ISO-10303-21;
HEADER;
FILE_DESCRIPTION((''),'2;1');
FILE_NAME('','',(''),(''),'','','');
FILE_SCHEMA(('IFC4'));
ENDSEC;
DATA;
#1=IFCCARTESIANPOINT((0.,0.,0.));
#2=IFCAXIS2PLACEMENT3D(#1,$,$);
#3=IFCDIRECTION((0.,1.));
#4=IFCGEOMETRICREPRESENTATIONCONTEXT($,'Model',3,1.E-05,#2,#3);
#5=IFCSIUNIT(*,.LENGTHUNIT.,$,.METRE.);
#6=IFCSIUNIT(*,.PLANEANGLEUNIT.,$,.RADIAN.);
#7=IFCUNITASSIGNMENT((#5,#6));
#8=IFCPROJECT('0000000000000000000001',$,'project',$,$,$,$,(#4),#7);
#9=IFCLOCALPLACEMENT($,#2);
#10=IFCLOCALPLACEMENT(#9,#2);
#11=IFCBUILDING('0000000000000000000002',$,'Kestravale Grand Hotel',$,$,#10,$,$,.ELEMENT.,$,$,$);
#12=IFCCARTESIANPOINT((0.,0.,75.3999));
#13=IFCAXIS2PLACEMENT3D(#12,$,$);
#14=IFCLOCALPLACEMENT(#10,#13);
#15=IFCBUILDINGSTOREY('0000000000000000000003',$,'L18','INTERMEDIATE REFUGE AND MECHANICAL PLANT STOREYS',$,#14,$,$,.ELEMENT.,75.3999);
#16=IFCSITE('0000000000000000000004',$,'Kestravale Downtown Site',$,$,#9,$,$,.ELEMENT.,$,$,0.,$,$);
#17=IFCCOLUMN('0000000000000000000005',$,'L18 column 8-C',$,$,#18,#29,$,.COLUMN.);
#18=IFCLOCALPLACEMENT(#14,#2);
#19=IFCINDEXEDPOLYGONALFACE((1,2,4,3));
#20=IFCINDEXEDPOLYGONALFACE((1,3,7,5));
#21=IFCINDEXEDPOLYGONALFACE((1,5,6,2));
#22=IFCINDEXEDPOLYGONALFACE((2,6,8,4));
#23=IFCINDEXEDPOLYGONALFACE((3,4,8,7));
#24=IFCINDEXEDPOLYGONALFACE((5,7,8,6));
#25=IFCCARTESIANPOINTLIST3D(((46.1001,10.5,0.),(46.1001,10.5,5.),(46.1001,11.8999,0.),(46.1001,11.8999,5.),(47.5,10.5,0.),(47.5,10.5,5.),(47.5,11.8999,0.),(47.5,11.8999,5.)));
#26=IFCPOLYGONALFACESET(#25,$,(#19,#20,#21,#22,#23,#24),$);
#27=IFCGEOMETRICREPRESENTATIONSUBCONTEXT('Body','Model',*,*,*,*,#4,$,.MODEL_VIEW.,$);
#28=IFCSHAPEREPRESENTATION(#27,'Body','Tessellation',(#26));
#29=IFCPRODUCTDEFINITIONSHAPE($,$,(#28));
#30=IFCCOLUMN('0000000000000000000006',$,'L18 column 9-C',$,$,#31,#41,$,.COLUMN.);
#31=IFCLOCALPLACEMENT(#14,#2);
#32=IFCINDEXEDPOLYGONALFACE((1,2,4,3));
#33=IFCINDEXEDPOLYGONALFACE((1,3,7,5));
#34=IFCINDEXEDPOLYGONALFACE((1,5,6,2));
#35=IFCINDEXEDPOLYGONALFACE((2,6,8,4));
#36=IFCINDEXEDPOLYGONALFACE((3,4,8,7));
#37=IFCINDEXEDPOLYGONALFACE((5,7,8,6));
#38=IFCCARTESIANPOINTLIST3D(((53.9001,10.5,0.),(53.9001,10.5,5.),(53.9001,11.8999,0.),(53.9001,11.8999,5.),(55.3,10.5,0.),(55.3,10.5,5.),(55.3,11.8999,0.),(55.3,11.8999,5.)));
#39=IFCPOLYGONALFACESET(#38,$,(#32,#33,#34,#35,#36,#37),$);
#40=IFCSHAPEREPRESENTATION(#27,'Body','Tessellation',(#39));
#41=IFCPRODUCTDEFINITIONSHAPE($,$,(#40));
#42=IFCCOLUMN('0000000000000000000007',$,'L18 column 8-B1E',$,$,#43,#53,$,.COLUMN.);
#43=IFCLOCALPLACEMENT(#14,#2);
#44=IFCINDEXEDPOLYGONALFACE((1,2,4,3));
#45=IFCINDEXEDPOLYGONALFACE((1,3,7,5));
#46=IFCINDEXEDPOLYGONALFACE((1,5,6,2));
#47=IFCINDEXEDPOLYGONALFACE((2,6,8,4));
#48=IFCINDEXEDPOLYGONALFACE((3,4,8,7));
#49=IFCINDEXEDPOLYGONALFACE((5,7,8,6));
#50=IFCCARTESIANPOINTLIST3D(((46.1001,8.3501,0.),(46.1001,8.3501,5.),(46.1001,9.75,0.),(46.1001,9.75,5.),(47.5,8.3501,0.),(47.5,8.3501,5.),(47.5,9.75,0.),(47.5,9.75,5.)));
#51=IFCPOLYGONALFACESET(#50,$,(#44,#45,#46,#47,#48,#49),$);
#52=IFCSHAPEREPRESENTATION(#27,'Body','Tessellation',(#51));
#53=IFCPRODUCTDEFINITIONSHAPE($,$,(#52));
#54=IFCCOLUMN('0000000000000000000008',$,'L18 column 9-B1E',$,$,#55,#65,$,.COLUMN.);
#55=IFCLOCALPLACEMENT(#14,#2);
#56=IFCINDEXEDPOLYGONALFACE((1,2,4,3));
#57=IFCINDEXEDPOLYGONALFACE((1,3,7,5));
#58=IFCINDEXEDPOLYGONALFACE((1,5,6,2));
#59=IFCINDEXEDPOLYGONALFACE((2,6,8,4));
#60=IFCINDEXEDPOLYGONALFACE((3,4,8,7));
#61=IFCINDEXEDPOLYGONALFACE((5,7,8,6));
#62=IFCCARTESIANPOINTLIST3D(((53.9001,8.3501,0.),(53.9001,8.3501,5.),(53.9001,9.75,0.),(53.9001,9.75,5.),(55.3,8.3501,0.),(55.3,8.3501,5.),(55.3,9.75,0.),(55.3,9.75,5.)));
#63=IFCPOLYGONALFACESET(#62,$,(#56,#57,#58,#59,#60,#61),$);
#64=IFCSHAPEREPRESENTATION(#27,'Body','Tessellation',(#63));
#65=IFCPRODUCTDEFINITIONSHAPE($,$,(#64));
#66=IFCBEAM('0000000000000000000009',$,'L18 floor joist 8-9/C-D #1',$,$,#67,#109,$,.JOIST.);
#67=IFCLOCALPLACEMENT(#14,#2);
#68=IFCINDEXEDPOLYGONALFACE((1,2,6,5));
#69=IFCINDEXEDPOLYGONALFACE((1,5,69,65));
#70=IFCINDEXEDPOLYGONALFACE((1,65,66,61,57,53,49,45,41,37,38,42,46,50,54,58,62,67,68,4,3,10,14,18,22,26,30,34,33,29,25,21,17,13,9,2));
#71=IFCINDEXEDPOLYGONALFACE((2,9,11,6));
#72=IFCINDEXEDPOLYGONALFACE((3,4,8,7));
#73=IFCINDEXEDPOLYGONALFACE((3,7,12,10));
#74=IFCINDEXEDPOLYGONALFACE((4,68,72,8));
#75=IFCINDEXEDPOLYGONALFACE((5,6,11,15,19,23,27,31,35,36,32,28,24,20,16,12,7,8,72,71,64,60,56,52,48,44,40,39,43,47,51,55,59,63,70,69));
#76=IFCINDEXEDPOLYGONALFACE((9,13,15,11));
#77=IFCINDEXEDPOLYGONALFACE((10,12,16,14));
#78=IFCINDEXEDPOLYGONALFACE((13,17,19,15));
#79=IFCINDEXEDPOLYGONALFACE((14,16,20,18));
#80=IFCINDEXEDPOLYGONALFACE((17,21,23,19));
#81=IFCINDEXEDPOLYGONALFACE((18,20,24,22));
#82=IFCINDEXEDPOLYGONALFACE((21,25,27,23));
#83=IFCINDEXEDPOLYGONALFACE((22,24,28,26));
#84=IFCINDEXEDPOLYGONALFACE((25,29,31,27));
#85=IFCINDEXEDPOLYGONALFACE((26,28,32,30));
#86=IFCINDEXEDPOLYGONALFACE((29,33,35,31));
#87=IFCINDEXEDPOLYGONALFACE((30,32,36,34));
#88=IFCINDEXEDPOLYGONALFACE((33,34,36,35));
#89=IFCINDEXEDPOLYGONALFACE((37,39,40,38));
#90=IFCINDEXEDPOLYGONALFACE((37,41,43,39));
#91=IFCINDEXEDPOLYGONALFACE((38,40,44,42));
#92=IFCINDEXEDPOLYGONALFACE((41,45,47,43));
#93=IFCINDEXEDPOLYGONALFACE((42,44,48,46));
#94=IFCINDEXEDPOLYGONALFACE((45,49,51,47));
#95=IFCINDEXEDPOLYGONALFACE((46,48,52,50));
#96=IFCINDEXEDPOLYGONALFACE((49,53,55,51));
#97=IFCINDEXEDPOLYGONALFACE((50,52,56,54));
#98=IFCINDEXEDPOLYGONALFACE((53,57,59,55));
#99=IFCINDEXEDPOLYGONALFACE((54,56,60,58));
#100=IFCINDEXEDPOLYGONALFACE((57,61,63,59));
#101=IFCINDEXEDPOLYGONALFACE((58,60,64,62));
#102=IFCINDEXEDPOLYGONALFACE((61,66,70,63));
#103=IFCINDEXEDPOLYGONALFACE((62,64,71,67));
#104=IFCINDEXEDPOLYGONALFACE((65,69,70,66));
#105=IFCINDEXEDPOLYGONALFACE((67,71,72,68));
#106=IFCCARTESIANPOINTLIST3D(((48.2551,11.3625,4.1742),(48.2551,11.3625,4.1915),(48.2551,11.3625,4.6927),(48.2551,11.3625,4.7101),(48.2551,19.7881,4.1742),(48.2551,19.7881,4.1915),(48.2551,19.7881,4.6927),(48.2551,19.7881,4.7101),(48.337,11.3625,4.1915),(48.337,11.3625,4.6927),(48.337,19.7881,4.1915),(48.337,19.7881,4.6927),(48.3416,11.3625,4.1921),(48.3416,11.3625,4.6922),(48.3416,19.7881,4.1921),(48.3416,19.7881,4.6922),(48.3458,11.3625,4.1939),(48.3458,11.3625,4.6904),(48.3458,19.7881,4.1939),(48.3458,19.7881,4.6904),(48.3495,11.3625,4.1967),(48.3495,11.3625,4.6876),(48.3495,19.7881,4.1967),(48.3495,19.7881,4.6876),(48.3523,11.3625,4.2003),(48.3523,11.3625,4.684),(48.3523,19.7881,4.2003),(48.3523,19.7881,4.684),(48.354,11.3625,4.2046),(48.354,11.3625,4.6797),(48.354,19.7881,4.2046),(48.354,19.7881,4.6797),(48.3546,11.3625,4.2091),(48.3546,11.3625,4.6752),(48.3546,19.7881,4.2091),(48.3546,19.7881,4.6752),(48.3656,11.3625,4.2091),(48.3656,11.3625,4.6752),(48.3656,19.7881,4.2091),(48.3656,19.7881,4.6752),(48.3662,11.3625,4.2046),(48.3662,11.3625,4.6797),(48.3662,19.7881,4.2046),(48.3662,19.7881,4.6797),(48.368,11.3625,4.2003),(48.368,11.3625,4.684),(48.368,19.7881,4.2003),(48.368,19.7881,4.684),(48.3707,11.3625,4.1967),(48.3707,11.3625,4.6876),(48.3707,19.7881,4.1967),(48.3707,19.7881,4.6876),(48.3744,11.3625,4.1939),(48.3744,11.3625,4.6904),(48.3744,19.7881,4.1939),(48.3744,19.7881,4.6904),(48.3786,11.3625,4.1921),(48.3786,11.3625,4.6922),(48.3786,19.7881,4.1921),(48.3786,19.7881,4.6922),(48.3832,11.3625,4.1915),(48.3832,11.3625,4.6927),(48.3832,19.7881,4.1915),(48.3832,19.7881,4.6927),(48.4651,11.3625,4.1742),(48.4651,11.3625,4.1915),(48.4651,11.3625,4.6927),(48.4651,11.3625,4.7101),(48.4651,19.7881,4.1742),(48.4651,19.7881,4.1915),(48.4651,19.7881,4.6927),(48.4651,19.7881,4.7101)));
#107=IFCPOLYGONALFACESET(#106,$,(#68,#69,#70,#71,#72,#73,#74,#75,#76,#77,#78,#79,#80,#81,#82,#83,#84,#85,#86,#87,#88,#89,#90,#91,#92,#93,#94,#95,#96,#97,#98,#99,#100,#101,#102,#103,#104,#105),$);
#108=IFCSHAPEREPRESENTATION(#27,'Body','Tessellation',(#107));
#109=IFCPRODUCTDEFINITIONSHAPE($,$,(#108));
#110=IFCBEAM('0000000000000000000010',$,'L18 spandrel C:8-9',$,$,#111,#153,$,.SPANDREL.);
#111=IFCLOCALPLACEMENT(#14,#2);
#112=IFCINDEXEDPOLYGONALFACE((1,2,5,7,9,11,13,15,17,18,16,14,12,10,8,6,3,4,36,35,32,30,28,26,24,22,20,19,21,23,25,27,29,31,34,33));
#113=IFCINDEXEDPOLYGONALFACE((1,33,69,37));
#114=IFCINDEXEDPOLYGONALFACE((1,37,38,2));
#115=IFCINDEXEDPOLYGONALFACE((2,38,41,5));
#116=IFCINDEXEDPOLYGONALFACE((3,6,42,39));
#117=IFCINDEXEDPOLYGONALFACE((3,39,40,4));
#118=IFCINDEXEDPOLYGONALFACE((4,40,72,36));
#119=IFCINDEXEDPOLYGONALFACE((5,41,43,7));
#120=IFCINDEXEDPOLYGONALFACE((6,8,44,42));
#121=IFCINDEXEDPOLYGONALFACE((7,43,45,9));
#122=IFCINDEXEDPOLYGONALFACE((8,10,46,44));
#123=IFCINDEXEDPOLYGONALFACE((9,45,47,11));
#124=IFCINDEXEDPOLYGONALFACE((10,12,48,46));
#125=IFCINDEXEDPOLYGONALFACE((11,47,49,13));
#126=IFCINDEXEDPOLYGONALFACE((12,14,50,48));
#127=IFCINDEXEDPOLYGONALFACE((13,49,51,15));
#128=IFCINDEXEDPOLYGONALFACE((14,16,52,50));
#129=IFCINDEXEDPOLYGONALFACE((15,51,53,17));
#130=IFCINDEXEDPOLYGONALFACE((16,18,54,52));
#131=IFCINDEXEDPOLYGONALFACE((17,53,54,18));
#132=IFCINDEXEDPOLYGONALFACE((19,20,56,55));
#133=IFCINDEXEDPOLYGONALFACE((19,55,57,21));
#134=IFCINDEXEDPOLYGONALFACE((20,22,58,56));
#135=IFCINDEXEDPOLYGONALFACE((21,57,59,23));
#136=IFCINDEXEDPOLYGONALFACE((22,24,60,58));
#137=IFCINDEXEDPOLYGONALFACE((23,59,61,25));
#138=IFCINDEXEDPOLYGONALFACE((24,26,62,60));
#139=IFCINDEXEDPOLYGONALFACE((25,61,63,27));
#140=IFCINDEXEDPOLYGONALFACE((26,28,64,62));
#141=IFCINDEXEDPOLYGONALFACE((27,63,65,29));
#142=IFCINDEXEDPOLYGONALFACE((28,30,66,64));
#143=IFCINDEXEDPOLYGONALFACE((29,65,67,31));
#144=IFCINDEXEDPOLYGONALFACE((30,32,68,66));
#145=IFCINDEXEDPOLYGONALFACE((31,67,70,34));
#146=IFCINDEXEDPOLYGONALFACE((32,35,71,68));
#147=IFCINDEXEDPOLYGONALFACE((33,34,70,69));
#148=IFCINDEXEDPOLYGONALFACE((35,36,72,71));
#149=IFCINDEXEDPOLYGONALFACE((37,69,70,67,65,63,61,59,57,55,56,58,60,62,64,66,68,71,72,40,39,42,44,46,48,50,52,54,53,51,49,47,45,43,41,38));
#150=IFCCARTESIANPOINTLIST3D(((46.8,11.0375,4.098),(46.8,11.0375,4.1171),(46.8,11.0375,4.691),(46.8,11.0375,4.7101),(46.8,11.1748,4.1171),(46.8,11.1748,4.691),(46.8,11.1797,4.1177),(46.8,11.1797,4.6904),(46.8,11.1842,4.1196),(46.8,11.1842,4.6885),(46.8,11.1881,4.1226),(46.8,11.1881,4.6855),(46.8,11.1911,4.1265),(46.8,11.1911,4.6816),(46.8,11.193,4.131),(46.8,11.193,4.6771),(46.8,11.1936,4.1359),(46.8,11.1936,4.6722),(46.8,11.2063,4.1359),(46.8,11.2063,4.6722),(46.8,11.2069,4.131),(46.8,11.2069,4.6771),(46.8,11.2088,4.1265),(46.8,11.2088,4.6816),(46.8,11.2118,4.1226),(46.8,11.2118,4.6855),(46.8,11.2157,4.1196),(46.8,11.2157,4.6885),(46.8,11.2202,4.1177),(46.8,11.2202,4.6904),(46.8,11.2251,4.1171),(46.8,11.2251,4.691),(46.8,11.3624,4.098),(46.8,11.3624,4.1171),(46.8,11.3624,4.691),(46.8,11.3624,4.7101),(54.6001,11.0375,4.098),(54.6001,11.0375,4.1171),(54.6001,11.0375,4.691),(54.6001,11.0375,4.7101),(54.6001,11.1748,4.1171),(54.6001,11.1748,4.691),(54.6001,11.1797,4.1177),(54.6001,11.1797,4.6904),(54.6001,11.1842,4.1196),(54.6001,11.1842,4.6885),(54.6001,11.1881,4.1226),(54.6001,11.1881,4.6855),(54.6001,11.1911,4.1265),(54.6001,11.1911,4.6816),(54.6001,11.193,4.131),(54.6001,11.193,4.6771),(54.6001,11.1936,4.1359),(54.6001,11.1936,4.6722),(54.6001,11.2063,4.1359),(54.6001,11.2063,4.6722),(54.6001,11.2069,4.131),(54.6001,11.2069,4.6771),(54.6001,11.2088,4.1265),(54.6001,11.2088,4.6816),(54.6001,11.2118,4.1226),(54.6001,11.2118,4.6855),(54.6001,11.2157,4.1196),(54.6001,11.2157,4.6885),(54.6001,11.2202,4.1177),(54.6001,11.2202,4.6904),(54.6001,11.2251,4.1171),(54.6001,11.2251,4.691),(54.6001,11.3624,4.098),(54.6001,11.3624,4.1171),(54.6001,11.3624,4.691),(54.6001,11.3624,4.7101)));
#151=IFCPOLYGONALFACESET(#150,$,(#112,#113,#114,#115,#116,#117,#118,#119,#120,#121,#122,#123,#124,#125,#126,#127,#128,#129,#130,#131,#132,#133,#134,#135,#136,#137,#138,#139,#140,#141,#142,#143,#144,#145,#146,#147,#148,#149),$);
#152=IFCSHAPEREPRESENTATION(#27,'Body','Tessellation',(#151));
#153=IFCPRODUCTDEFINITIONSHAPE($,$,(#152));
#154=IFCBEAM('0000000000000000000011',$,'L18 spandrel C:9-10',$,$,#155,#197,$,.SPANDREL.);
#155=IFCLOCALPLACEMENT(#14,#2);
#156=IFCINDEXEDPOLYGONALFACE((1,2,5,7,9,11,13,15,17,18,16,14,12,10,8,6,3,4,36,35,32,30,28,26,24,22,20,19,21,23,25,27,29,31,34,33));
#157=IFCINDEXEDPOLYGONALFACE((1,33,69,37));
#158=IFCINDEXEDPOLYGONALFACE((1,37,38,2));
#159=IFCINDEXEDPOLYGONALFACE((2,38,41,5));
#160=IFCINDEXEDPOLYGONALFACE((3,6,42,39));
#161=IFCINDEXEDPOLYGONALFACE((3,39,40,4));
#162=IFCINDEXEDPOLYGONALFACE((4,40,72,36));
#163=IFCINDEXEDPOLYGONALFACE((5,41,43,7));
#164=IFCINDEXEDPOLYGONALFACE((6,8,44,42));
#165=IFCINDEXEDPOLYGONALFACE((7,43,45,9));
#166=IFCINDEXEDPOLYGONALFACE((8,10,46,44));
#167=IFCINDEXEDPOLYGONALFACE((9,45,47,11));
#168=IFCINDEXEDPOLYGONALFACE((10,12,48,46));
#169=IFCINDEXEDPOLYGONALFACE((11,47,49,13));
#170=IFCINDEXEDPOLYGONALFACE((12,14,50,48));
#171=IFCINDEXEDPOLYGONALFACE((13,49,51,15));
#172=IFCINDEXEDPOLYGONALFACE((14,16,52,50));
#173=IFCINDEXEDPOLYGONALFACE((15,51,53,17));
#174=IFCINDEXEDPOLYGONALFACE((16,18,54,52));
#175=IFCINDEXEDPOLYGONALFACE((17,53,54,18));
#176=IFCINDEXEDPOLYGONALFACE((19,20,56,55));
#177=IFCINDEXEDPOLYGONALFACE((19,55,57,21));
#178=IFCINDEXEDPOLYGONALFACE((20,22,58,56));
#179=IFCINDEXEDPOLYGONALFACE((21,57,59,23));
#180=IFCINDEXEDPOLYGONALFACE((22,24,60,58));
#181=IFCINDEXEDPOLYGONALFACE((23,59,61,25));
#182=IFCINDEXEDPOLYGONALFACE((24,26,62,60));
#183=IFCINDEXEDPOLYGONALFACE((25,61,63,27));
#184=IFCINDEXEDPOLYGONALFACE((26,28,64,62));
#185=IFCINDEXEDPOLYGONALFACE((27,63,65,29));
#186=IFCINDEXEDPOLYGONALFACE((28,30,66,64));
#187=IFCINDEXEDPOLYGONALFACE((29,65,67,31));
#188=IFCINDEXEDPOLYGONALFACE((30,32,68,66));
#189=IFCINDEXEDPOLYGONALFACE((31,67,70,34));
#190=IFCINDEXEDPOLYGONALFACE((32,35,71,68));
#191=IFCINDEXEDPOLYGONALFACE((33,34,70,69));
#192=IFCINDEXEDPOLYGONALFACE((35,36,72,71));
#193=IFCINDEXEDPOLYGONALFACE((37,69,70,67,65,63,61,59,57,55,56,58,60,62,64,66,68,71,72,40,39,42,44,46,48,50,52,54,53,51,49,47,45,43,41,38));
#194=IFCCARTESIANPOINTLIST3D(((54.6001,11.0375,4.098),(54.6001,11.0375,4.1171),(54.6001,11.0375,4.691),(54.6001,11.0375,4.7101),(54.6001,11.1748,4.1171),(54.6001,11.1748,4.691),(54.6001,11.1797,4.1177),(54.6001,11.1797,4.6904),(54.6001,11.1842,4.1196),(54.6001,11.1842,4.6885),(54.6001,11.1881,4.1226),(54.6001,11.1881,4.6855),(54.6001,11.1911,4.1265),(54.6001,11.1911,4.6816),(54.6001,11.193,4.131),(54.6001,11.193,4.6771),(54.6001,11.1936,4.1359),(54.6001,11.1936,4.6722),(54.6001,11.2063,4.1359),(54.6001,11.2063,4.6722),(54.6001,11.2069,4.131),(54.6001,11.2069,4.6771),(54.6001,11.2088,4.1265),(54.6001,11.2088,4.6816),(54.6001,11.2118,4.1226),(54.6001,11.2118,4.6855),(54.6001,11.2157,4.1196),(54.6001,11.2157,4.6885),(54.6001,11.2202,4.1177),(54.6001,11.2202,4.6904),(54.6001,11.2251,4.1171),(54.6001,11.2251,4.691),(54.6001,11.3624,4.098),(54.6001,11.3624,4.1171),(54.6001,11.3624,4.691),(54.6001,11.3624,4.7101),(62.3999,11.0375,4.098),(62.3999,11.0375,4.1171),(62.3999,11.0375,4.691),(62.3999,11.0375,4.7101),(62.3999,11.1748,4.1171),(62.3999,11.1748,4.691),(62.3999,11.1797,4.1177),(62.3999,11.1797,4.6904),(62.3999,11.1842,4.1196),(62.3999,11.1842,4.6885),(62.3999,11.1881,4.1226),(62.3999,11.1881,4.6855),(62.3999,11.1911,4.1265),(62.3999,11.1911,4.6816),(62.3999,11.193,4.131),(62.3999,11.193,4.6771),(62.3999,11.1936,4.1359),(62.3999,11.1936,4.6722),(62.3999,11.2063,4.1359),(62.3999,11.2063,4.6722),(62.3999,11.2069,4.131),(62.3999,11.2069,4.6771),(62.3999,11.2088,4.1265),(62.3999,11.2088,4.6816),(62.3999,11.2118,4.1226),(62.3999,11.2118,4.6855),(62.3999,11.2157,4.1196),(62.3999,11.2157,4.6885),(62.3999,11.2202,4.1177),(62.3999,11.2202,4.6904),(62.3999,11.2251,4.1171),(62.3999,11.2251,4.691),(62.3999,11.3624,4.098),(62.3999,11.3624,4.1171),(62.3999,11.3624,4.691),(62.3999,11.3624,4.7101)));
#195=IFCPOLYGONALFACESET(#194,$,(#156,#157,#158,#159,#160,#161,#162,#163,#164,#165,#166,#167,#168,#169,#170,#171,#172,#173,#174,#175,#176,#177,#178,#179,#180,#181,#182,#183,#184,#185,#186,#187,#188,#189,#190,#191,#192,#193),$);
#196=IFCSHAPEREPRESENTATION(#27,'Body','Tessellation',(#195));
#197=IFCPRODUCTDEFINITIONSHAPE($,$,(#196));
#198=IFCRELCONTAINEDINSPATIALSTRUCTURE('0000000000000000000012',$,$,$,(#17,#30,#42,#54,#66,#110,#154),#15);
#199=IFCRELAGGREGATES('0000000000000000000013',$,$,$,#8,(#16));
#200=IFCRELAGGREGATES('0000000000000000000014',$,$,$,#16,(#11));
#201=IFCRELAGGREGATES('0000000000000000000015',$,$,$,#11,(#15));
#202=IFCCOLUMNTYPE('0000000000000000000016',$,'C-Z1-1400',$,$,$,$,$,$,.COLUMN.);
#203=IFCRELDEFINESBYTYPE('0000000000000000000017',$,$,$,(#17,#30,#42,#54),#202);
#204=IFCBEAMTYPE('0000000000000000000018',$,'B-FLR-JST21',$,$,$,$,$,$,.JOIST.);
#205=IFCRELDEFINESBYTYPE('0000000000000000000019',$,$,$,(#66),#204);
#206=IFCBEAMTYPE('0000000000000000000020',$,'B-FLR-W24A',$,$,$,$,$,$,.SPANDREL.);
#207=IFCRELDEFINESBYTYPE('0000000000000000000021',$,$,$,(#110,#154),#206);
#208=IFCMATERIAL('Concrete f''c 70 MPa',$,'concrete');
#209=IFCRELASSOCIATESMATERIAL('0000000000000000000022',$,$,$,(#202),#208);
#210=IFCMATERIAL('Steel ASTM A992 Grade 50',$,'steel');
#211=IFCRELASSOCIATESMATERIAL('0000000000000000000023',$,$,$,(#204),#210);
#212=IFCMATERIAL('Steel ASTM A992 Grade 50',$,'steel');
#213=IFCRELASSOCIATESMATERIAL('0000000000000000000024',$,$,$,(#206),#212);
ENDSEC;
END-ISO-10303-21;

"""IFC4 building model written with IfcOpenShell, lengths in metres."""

from ifc_helpers import new_model, si_unit, direction, frame, origin, origin_2d, place, context, subcontext, project, spatial, rectangle, i_section, extrude, material, material_profile, profile_set, type_object, element, save


model = new_model("IFC4")

# Units and contexts
model_context = context("Model", 3, precision=1e-05, world=origin(), true_north=direction((0.0, 1.0)))
body_context = subcontext(model_context, "Body", "Model", "MODEL_VIEW")
ifc_project = project(units=[si_unit("LENGTHUNIT", "METRE"), si_unit("PLANEANGLEUNIT", "RADIAN")], contexts=[model_context])

# Site, building, storey
site_placement = place(None, origin())
site = spatial("IfcSite", under=ifc_project, at=site_placement, Name="Kestravale Downtown Site", CompositionType="ELEMENT", RefElevation=0.0)
building_placement = place(site_placement, origin())
building = spatial("IfcBuilding", under=site, at=building_placement, Name="Kestravale Grand Hotel", CompositionType="ELEMENT")
storey_placement = place(building_placement, frame((0.0, 0.0, 75.3999)))
storey = spatial("IfcBuildingStorey", under=building, at=storey_placement, Name="L18", Description="INTERMEDIATE REFUGE AND MECHANICAL PLANT STOREYS", CompositionType="ELEMENT", Elevation=75.3999)

# Columns
ifc_material_1 = material(Name="Concrete f'c 70 MPa", Category="concrete")
ifc_material_profile_1 = material_profile(ifc_material_1, rectangle(XDim=1.3999, YDim=1.3999, at=origin_2d()))
ifc_profile_set_1 = profile_set([ifc_material_profile_1], Name="Concrete f'c 70 MPa")
column_type = type_object("IfcColumnType", Name="C-Z1-1400", PredefinedType="COLUMN", material=ifc_profile_set_1)
for number, where, z_axis, x_axis, name in (
    (1, (46.8, 11.2, 0.0), (0.0, 0.0, 1.0), (1.0, 0.0, 0.0), "L18 column 8-C"),
    (2, (54.6001, 11.2, 0.0), (0.0, 0.0, 1.0), (1.0, 0.0, 0.0), "L18 column 9-C"),
    (3, (46.8, 9.05, 0.0), (0.0, 0.0, 1.0), (1.0, 0.0, 0.0), "L18 column 8-B1E"),
    (4, (54.6001, 9.05, 0.0), (0.0, 0.0, 1.0), (1.0, 0.0, 0.0), "L18 column 9-B1E"),
):
    element("IfcColumn", number, at=place(storey_placement, frame(where, z_axis=z_axis, x_axis=x_axis)), inside=storey, type_object=column_type, Name=name, PredefinedType="COLUMN", context=body_context, shape_type="SweptSolid", body=[
        extrude(rectangle(XDim=1.3999, YDim=1.3999, at=origin_2d()), origin(), (0.0, 0.0, 1.0), 5.0),
    ])

# Beams
ifc_material_2 = material(Name="Steel ASTM A992 Grade 50", Category="steel")
ifc_material_profile_2 = material_profile(ifc_material_2, i_section(OverallWidth=0.21, OverallDepth=0.5359, WebThickness=0.011, FlangeThickness=0.0173, FilletRadius=0.0176, at=origin_2d()))
ifc_profile_set_2 = profile_set([ifc_material_profile_2], Name="Steel ASTM A992 Grade 50")
beam_type_1 = type_object("IfcBeamType", Name="B-FLR-JST21", PredefinedType="JOIST", material=ifc_profile_set_2)
beam_1_placement = place(storey_placement, frame((48.3601, 11.3625, 4.4421), z_axis=(0.0, 1.0, 0.0), x_axis=(-1.0, 0.0, 0.0)))
element("IfcBeam", 5, at=beam_1_placement, inside=storey, type_object=beam_type_1, Name="L18 floor joist 8-9/C-D #1", PredefinedType="JOIST", context=body_context, shape_type="SweptSolid", body=[
    extrude(i_section(OverallWidth=0.21, OverallDepth=0.5359, WebThickness=0.011, FlangeThickness=0.0173, FilletRadius=0.0176, at=origin_2d()), origin(), (0.0, 0.0, 1.0), 8.4255),
])
ifc_material_3 = material(Name="Steel ASTM A992 Grade 50", Category="steel")
ifc_material_profile_3 = material_profile(ifc_material_3, i_section(OverallWidth=0.325, OverallDepth=0.6121, WebThickness=0.0127, FlangeThickness=0.019, FilletRadius=0.0188, at=origin_2d()))
ifc_profile_set_3 = profile_set([ifc_material_profile_3], Name="Steel ASTM A992 Grade 50")
beam_type_2 = type_object("IfcBeamType", Name="B-FLR-W24A", PredefinedType="SPANDREL", material=ifc_profile_set_3)
beam_2_placement = place(storey_placement, frame((46.8, 11.2, 4.4041), z_axis=(1.0, 0.0, 0.0), x_axis=(0.0, 1.0, 0.0)))
element("IfcBeam", 6, at=beam_2_placement, inside=storey, type_object=beam_type_2, Name="L18 spandrel C:8-9", PredefinedType="SPANDREL", context=body_context, shape_type="SweptSolid", body=[
    extrude(i_section(OverallWidth=0.325, OverallDepth=0.6121, WebThickness=0.0127, FlangeThickness=0.019, FilletRadius=0.0188, at=origin_2d()), origin(), (0.0, 0.0, 1.0), 7.8),
])
beam_3_placement = place(storey_placement, frame((54.6001, 11.2, 4.4041), z_axis=(1.0, 0.0, 0.0), x_axis=(0.0, 1.0, 0.0)))
element("IfcBeam", 7, at=beam_3_placement, inside=storey, type_object=beam_type_2, Name="L18 spandrel C:9-10", PredefinedType="SPANDREL", context=body_context, shape_type="SweptSolid", body=[
    extrude(i_section(OverallWidth=0.325, OverallDepth=0.6121, WebThickness=0.0127, FlangeThickness=0.019, FilletRadius=0.0188, at=origin_2d()), origin(), (0.0, 0.0, 1.0), 7.7998),
])

save(model, "model.ifc")
